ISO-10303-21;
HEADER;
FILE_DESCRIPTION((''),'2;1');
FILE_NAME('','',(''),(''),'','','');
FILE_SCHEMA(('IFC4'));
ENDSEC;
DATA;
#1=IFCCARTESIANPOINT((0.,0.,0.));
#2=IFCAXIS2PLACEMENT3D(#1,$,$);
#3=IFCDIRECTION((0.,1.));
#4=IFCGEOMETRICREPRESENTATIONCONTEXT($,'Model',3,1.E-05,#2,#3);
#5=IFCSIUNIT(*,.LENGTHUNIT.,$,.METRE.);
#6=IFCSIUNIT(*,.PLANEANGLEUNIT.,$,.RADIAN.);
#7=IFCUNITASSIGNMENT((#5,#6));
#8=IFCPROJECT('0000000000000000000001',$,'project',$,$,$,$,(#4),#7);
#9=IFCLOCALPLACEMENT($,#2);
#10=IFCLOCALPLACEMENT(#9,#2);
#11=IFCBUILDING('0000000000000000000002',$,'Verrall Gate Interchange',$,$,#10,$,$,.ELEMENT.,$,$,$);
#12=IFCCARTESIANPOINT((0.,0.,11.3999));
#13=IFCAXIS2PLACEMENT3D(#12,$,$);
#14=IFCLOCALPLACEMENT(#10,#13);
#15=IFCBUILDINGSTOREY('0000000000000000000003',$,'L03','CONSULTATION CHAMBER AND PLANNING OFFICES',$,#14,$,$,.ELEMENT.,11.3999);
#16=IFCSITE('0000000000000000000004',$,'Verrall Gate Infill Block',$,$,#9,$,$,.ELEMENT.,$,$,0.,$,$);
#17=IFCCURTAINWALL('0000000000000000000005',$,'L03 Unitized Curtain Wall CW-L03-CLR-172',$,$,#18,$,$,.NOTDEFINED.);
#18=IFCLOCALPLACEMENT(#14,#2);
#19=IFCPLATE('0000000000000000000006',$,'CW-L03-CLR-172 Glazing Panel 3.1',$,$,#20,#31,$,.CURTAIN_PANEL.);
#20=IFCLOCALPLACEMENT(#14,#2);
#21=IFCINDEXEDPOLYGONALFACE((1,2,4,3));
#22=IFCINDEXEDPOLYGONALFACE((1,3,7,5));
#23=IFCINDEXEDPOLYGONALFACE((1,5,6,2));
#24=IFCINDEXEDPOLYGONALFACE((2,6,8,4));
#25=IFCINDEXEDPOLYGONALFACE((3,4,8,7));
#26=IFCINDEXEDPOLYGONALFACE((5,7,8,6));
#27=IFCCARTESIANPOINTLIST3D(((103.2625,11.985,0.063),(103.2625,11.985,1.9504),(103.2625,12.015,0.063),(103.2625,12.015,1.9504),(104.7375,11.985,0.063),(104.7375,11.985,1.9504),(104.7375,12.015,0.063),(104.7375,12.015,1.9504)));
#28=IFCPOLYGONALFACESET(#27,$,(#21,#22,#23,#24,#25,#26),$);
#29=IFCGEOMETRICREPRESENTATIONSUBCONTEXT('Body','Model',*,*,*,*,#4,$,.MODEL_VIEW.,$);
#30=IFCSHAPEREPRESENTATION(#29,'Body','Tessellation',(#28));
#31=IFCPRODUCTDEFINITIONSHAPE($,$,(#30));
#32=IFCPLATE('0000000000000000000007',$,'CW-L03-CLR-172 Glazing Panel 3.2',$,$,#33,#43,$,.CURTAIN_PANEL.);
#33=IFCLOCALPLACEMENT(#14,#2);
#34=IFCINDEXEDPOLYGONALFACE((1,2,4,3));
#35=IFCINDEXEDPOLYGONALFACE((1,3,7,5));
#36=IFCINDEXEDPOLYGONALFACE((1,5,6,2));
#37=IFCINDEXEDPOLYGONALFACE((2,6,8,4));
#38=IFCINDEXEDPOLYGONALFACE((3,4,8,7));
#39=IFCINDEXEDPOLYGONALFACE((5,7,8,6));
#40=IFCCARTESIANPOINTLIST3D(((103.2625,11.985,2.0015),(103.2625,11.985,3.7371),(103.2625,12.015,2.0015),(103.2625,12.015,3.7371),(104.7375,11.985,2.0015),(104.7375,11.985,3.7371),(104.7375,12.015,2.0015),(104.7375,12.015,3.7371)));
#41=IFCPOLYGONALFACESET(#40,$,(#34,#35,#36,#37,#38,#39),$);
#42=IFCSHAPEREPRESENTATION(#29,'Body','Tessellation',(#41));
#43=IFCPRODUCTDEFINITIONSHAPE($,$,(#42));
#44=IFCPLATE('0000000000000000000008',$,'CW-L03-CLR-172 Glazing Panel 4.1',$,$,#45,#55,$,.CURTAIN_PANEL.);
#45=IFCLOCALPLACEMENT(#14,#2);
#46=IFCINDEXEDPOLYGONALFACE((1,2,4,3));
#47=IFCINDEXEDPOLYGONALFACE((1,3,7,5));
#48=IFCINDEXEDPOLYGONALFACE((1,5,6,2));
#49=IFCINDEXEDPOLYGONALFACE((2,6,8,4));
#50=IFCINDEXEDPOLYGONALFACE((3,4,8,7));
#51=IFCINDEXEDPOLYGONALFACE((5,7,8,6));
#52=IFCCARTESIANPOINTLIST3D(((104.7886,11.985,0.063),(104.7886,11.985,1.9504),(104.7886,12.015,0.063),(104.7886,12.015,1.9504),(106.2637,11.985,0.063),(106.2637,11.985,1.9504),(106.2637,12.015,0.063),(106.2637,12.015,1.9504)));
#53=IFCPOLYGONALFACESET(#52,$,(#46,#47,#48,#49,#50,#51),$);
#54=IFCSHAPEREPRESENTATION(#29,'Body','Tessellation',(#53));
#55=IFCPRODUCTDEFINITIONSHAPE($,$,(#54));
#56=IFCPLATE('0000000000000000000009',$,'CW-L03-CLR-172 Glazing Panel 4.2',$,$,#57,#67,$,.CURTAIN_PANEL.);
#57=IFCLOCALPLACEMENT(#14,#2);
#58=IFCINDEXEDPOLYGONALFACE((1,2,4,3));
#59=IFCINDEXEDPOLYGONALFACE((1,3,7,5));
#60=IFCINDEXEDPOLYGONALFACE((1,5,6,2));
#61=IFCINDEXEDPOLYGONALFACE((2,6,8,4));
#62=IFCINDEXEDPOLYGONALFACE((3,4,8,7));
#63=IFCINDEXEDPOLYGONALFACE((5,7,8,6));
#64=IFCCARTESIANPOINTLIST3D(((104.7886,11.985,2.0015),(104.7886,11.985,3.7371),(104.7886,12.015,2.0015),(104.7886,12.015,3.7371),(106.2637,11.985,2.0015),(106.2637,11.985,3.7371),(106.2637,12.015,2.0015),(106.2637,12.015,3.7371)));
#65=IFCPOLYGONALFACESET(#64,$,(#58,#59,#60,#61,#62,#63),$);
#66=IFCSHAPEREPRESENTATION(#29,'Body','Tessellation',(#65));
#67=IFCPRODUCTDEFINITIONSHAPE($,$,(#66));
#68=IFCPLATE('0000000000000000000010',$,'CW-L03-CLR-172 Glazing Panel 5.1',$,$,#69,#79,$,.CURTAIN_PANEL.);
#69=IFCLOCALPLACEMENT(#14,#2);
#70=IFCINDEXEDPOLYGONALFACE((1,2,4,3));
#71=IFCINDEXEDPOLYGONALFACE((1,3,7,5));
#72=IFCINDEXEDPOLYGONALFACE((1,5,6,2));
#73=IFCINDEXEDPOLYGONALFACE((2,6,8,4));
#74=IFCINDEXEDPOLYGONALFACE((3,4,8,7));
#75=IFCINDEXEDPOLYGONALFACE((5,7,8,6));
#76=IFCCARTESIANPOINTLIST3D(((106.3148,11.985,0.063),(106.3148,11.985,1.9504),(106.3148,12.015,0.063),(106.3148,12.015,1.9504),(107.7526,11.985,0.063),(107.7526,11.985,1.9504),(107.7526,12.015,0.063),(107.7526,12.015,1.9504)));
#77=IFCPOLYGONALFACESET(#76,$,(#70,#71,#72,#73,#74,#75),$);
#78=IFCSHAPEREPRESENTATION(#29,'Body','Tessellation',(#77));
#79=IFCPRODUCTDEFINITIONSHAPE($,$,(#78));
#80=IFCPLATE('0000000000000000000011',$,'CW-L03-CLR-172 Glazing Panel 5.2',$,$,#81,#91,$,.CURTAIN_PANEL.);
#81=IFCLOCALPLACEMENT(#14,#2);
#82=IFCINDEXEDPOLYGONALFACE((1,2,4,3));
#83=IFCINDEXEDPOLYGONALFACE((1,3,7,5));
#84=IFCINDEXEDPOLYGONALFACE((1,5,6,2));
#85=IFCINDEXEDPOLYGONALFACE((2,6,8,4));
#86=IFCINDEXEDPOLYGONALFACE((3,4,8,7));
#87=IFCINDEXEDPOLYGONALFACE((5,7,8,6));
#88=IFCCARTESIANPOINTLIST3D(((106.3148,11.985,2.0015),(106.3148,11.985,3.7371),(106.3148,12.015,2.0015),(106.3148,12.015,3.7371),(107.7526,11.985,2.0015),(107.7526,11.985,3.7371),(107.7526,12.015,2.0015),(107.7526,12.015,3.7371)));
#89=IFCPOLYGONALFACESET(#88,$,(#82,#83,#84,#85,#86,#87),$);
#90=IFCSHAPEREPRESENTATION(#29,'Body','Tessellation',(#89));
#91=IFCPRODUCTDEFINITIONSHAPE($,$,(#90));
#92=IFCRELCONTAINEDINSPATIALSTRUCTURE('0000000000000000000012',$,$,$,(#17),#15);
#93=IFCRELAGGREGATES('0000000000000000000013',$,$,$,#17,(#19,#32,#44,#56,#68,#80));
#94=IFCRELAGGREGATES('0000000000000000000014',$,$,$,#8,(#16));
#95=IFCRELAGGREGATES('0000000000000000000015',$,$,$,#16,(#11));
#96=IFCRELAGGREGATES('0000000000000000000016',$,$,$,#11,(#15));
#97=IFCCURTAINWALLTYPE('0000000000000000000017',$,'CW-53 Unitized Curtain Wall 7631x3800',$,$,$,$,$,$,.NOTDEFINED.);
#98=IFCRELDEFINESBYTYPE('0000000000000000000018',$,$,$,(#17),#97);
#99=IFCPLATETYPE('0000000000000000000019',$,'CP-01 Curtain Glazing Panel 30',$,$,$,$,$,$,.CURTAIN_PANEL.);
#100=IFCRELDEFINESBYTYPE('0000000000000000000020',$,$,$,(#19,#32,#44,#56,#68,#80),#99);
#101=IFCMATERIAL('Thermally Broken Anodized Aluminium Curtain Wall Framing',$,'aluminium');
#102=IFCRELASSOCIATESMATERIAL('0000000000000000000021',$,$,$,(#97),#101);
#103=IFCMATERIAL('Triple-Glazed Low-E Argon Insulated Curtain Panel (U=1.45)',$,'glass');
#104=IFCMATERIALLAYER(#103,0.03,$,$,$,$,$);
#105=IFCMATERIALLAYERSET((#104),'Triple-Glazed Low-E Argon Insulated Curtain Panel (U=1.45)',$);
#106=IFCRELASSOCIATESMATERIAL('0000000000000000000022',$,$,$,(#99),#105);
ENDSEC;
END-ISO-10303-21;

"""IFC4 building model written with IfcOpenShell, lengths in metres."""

from ifc_helpers import new_model, si_unit, direction, frame, origin, origin_2d, place, context, subcontext, project, spatial, rectangle, extrude, material, layer, layer_set, type_object, element, aggregate, save


model = new_model("IFC4")

# Units and contexts
model_context = context("Model", 3, precision=1e-05, world=origin(), true_north=direction((0.0, 1.0)))
body_context = subcontext(model_context, "Body", "Model", "MODEL_VIEW")
ifc_project = project(units=[si_unit("LENGTHUNIT", "METRE"), si_unit("PLANEANGLEUNIT", "RADIAN")], contexts=[model_context])

# Site, building, storey
site_placement = place(None, origin())
site = spatial("IfcSite", under=ifc_project, at=site_placement, Name="Verrall Gate Infill Block", CompositionType="ELEMENT", RefElevation=0.0)
building_placement = place(site_placement, origin())
building = spatial("IfcBuilding", under=site, at=building_placement, Name="Verrall Gate Interchange", CompositionType="ELEMENT")
storey_placement = place(building_placement, frame((0.0, 0.0, 11.3999)))
storey = spatial("IfcBuildingStorey", under=building, at=storey_placement, Name="L03", Description="CONSULTATION CHAMBER AND PLANNING OFFICES", CompositionType="ELEMENT", Elevation=11.3999)

# Curtain wall
ifc_material_1 = material(Name="Thermally Broken Anodized Aluminium Curtain Wall Framing", Category="aluminium")
curtain_wall_type = type_object("IfcCurtainWallType", Name="CW-53 Unitized Curtain Wall 7631x3800", PredefinedType="NOTDEFINED", material=ifc_material_1)
curtain_wall_placement = place(storey_placement, origin())
curtain_wall = element("IfcCurtainWall", 1, at=curtain_wall_placement, inside=storey, type_object=curtain_wall_type, Name="L03 Unitized Curtain Wall CW-L03-CLR-172", PredefinedType="NOTDEFINED")

# Plates
ifc_material_2 = material(Name="Triple-Glazed Low-E Argon Insulated Curtain Panel (U=1.45)", Category="glass")
ifc_layer_1 = layer(ifc_material_2, 0.03)
ifc_layer_set_1 = layer_set([ifc_layer_1], Name="Triple-Glazed Low-E Argon Insulated Curtain Panel (U=1.45)")
plate_type_1 = type_object("IfcPlateType", Name="CP-01 Curtain Glazing Panel 30", PredefinedType="CURTAIN_PANEL", material=ifc_layer_set_1)
plate_1_placement = place(storey_placement, frame((104.0, 12.0, 0.063), z_axis=(0.0, 0.0, 1.0), x_axis=(1.0, 0.0, 0.0)))
plate_1 = element("IfcPlate", 2, at=plate_1_placement, type_object=plate_type_1, Name="CW-L03-CLR-172 Glazing Panel 3.1", PredefinedType="CURTAIN_PANEL", context=body_context, shape_type="SweptSolid", body=[
    extrude(rectangle(XDim=1.4751, YDim=0.03, at=origin_2d()), origin(), (0.0, 0.0, 1.0), 1.8875),
])
plate_2_placement = place(storey_placement, frame((104.0, 12.0, 2.0015), z_axis=(0.0, 0.0, 1.0), x_axis=(1.0, 0.0, 0.0)))
plate_2 = element("IfcPlate", 3, at=plate_2_placement, type_object=plate_type_1, Name="CW-L03-CLR-172 Glazing Panel 3.2", PredefinedType="CURTAIN_PANEL", context=body_context, shape_type="SweptSolid", body=[
    extrude(rectangle(XDim=1.4751, YDim=0.03, at=origin_2d()), origin(), (0.0, 0.0, 1.0), 1.7356),
])
plate_3_placement = place(storey_placement, frame((105.5261, 12.0, 0.063), z_axis=(0.0, 0.0, 1.0), x_axis=(1.0, 0.0, 0.0)))
plate_3 = element("IfcPlate", 4, at=plate_3_placement, type_object=plate_type_1, Name="CW-L03-CLR-172 Glazing Panel 4.1", PredefinedType="CURTAIN_PANEL", context=body_context, shape_type="SweptSolid", body=[
    extrude(rectangle(XDim=1.4751, YDim=0.03, at=origin_2d()), origin(), (0.0, 0.0, 1.0), 1.8875),
])
plate_4_placement = place(storey_placement, frame((105.5261, 12.0, 2.0015), z_axis=(0.0, 0.0, 1.0), x_axis=(1.0, 0.0, 0.0)))
plate_4 = element("IfcPlate", 5, at=plate_4_placement, type_object=plate_type_1, Name="CW-L03-CLR-172 Glazing Panel 4.2", PredefinedType="CURTAIN_PANEL", context=body_context, shape_type="SweptSolid", body=[
    extrude(rectangle(XDim=1.4751, YDim=0.03, at=origin_2d()), origin(), (0.0, 0.0, 1.0), 1.7356),
])
plate_5_placement = place(storey_placement, frame((107.0337, 12.0, 0.063), z_axis=(0.0, 0.0, 1.0), x_axis=(1.0, 0.0, 0.0)))
plate_5 = element("IfcPlate", 6, at=plate_5_placement, type_object=plate_type_1, Name="CW-L03-CLR-172 Glazing Panel 5.1", PredefinedType="CURTAIN_PANEL", context=body_context, shape_type="SweptSolid", body=[
    extrude(rectangle(XDim=1.4377, YDim=0.03, at=origin_2d()), origin(), (0.0, 0.0, 1.0), 1.8875),
])
plate_6_placement = place(storey_placement, frame((107.0337, 12.0, 2.0015), z_axis=(0.0, 0.0, 1.0), x_axis=(1.0, 0.0, 0.0)))
plate_6 = element("IfcPlate", 7, at=plate_6_placement, type_object=plate_type_1, Name="CW-L03-CLR-172 Glazing Panel 5.2", PredefinedType="CURTAIN_PANEL", context=body_context, shape_type="SweptSolid", body=[
    extrude(rectangle(XDim=1.4377, YDim=0.03, at=origin_2d()), origin(), (0.0, 0.0, 1.0), 1.7356),
])
aggregate(curtain_wall, [plate_1, plate_2, plate_3, plate_4, plate_5, plate_6])

save(model, "model.ifc")
